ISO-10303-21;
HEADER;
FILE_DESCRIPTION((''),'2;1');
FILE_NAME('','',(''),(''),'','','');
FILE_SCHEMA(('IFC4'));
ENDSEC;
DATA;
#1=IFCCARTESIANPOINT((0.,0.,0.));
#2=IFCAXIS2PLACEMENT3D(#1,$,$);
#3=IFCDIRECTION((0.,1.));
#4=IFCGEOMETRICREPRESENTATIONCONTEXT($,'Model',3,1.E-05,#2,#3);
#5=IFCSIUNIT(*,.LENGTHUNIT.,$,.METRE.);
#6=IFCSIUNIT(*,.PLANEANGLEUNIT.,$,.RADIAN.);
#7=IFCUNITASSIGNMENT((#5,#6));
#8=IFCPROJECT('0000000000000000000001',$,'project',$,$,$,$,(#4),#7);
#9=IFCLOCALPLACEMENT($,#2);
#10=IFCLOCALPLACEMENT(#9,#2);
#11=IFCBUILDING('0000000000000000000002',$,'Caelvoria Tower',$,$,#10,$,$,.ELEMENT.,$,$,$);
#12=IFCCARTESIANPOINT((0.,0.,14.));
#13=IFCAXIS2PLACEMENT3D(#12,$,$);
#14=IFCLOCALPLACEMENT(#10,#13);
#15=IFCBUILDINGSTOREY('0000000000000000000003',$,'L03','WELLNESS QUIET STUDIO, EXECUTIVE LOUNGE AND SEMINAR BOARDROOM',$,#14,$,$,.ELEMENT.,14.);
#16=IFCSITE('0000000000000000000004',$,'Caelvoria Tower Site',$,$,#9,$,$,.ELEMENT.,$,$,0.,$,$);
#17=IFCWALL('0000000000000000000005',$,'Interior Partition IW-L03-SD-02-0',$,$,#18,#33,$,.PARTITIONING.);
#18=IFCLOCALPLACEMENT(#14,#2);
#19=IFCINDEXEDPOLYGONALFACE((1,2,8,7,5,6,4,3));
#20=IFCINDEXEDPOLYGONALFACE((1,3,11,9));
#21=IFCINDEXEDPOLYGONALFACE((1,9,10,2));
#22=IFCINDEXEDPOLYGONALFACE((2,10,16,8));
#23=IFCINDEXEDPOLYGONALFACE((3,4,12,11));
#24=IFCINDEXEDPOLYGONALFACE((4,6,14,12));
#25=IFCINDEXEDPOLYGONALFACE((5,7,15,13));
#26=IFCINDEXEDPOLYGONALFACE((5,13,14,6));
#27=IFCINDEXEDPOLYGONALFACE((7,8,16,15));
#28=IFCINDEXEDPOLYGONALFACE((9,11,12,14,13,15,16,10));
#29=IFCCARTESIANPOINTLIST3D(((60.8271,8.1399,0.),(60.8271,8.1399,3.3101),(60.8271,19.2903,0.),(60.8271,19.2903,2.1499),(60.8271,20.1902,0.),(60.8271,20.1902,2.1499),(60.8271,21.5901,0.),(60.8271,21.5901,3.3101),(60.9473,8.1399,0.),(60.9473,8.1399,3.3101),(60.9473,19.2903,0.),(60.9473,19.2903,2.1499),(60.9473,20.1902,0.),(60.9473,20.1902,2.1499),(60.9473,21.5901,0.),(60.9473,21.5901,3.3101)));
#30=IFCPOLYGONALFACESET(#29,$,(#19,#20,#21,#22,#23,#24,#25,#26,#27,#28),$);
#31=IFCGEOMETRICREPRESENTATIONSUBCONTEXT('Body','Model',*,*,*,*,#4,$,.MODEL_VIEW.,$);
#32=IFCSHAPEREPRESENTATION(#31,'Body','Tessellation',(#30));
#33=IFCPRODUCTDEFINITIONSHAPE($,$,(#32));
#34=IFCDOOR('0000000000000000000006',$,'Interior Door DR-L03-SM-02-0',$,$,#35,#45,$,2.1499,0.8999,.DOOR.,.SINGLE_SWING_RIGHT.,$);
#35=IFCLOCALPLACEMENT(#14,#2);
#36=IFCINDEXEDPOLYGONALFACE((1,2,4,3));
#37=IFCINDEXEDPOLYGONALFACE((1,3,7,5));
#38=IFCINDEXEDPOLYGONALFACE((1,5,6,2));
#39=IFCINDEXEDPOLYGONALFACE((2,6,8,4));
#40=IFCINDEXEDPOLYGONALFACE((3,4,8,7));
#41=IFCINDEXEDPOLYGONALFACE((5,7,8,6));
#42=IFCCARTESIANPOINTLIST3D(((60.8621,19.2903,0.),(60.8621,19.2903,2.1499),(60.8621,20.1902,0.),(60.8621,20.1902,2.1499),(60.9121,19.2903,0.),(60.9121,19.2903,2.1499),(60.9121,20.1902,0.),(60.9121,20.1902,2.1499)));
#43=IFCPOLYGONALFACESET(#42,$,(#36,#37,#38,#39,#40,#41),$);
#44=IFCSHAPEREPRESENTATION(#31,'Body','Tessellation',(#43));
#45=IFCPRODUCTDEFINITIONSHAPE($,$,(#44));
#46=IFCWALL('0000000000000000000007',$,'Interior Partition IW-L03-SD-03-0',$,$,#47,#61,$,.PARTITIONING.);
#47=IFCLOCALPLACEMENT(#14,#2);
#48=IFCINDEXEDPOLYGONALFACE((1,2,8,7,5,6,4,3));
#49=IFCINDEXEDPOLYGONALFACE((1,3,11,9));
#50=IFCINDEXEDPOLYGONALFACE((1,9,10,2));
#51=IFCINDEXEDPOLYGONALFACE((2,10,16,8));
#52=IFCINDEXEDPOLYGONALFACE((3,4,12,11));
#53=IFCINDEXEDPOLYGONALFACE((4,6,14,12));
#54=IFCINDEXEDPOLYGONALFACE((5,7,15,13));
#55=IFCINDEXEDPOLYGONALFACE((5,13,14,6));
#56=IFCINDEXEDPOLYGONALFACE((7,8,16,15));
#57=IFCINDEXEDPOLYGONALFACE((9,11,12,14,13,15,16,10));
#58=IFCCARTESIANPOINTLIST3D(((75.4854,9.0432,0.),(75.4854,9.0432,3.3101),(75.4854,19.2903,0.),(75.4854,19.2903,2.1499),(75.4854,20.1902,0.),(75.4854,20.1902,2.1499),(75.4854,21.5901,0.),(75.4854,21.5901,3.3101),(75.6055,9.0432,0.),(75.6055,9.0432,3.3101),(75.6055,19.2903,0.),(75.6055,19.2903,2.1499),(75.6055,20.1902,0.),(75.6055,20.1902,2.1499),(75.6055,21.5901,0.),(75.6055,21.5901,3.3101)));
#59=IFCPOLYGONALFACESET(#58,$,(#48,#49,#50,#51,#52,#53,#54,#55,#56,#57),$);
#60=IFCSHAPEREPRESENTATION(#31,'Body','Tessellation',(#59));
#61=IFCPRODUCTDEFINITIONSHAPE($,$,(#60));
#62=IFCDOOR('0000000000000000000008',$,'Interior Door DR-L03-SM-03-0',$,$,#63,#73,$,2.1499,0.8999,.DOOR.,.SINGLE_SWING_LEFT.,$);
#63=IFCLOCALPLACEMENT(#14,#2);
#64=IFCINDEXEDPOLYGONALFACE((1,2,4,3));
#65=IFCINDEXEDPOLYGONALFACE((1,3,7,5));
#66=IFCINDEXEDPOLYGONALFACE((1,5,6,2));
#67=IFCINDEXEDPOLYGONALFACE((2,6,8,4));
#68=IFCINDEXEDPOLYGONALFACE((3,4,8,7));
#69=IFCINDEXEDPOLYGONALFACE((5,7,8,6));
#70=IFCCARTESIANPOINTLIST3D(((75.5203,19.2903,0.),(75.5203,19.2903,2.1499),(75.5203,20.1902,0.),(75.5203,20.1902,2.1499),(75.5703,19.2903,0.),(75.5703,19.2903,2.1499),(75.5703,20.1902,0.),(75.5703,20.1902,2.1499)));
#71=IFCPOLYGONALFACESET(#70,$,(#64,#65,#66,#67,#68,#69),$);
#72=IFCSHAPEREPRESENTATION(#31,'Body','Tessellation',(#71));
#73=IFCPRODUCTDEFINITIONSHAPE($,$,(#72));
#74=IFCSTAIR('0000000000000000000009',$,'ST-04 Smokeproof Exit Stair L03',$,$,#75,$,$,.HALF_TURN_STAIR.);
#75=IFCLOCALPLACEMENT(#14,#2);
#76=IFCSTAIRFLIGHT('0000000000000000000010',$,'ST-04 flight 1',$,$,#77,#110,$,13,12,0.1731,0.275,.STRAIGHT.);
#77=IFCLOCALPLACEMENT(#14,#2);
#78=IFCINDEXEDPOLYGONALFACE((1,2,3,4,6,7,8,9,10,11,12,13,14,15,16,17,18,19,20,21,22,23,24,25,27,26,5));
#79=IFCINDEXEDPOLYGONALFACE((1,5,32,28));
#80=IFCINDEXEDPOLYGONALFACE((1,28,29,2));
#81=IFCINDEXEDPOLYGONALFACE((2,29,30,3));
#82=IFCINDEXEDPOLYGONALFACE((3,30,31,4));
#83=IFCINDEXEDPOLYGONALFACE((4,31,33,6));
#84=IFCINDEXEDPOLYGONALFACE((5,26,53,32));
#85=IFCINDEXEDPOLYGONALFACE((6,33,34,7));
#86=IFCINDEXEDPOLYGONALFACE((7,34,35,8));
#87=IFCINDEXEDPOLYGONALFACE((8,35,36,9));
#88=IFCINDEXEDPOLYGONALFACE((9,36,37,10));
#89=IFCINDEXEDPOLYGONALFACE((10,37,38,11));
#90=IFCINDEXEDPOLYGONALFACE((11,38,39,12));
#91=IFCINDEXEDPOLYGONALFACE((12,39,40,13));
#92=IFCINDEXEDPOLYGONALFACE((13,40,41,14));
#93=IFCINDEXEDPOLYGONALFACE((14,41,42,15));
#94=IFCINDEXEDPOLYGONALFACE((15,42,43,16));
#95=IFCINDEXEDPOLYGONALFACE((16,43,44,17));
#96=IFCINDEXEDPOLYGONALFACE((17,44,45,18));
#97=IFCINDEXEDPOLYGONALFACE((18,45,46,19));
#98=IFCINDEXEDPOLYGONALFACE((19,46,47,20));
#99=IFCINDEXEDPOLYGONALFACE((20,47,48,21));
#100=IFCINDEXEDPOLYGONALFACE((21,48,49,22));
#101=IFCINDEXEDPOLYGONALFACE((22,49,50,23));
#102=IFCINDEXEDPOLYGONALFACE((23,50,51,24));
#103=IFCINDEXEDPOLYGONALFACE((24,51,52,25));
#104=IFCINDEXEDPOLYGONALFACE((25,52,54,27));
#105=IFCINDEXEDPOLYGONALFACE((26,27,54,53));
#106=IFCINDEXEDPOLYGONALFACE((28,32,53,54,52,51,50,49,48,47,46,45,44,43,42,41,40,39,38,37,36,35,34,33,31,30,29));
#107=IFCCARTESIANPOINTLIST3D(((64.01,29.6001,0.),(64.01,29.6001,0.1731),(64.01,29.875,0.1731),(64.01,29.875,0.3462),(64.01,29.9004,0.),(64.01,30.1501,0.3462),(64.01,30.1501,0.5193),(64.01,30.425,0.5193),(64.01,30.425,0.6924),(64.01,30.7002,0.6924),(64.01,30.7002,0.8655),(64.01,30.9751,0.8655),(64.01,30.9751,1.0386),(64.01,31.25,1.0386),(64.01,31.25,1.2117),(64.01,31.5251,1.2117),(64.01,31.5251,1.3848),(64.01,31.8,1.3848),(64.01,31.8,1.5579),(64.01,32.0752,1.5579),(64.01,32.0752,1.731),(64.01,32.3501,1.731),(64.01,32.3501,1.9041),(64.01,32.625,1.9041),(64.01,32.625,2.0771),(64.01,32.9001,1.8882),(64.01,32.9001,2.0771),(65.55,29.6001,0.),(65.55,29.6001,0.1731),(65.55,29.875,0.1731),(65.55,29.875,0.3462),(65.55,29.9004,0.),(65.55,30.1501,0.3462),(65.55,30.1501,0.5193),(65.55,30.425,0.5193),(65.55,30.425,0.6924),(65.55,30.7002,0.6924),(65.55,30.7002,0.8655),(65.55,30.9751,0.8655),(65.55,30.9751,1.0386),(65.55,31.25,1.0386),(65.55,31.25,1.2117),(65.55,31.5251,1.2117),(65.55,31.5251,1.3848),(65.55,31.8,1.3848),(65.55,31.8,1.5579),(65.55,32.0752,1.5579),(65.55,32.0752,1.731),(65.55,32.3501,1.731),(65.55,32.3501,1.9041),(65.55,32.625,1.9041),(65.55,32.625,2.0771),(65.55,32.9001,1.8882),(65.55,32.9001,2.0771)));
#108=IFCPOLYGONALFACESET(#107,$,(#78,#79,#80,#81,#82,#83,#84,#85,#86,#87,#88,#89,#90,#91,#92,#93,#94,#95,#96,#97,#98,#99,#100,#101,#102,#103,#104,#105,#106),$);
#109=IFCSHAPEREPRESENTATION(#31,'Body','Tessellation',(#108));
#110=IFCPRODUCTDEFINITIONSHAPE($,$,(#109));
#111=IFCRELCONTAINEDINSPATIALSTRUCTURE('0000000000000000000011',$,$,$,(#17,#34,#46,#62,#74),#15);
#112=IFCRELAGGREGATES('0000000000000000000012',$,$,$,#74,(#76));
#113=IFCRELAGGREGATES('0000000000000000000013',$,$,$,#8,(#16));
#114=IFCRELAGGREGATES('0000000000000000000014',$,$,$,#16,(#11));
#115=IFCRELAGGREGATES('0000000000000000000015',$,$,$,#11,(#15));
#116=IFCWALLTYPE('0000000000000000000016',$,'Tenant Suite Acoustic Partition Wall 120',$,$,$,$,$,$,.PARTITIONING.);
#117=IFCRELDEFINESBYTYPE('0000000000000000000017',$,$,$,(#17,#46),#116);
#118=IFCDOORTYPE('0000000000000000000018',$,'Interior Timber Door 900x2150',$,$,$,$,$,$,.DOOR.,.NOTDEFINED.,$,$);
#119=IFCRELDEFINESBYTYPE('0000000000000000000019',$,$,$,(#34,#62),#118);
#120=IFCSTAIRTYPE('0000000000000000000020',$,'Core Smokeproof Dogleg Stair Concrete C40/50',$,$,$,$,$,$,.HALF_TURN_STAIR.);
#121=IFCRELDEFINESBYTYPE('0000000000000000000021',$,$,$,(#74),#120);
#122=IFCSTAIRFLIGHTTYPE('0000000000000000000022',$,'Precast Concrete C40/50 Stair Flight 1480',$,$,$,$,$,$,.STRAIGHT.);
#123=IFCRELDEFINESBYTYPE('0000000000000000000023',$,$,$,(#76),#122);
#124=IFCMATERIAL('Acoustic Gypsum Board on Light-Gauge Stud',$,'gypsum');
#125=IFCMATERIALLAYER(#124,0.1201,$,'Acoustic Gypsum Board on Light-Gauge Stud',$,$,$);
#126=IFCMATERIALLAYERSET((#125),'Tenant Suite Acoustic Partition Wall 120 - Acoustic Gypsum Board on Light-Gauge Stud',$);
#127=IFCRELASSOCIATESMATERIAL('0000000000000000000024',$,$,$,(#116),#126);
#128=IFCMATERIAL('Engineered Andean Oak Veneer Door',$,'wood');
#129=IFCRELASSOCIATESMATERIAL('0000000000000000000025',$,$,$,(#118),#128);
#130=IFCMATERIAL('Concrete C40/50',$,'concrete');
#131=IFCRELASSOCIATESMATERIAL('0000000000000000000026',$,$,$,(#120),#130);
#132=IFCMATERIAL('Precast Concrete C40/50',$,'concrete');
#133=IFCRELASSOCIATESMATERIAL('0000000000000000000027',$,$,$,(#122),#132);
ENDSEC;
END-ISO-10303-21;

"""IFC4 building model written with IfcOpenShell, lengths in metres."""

from ifc_helpers import new_model, si_unit, direction, frame, frame_2d, origin, place, context, subcontext, project, spatial, polyline, rectangle, outline, extrude, material, layer, layer_set, type_object, element, fill, aggregate, save


model = new_model("IFC4")

# Units and contexts
model_context = context("Model", 3, precision=1e-05, world=origin(), true_north=direction((0.0, 1.0)))
body_context = subcontext(model_context, "Body", "Model", "MODEL_VIEW")
ifc_project = project(units=[si_unit("LENGTHUNIT", "METRE"), si_unit("PLANEANGLEUNIT", "RADIAN")], contexts=[model_context])

# Site, building, storey
site_placement = place(None, origin())
site = spatial("IfcSite", under=ifc_project, at=site_placement, Name="Caelvoria Tower Site", CompositionType="ELEMENT", RefElevation=0.0)
building_placement = place(site_placement, origin())
building = spatial("IfcBuilding", under=site, at=building_placement, Name="Caelvoria Tower", CompositionType="ELEMENT")
storey_placement = place(building_placement, frame((0.0, 0.0, 14.0)))
storey = spatial("IfcBuildingStorey", under=building, at=storey_placement, Name="L03", Description="WELLNESS QUIET STUDIO, EXECUTIVE LOUNGE AND SEMINAR BOARDROOM", CompositionType="ELEMENT", Elevation=14.0)

# Walls, openings, doors
ifc_material_1 = material(Name="Acoustic Gypsum Board on Light-Gauge Stud", Category="gypsum")
ifc_layer_1 = layer(ifc_material_1, 0.1201, Name="Acoustic Gypsum Board on Light-Gauge Stud")
ifc_layer_set_1 = layer_set([ifc_layer_1], Name="Tenant Suite Acoustic Partition Wall 120 - Acoustic Gypsum Board on Light-Gauge Stud")
wall_type_1 = type_object("IfcWallType", Name="Tenant Suite Acoustic Partition Wall 120", PredefinedType="PARTITIONING", material=ifc_layer_set_1)
wall_1_placement = place(storey_placement, frame((60.8872, 21.5901, 0.0), z_axis=(0.0, 0.0, 1.0), x_axis=(0.0, -1.0, 0.0)))
wall_1 = element("IfcWall", 1, at=wall_1_placement, inside=storey, type_object=wall_type_1, Name="Interior Partition IW-L03-SD-02-0", PredefinedType="PARTITIONING", context=body_context, shape_type="SweptSolid", body=[
    extrude(rectangle(XDim=13.4502, YDim=0.1201, at=frame_2d((6.7251, 0.0))), origin(), (0.0, 0.0, 1.0), 3.3101),
])
opening_1_placement = place(wall_1_placement, frame((1.3999, 0.0, 0.0)))
opening_1 = element("IfcOpeningElement", 2, at=opening_1_placement, cuts=wall_1, PredefinedType="OPENING", context=body_context, shape_type="SweptSolid", body=[
    extrude(rectangle(XDim=0.8999, YDim=2.1499, at=frame_2d((0.45, 1.075))), frame((0.0, 0.0701, 0.0), z_axis=(0.0, -1.0, 0.0), x_axis=(1.0, 0.0, 0.0)), (0.0, 0.0, 1.0), 0.1401),
])
ifc_material_2 = material(Name="Engineered Andean Oak Veneer Door", Category="wood")
door_type_1 = type_object("IfcDoorType", Name="Interior Timber Door 900x2150", OperationType="NOTDEFINED", PredefinedType="DOOR", material=ifc_material_2)
door_1_placement = place(opening_1_placement, origin())
door_1 = element("IfcDoor", 3, at=door_1_placement, inside=storey, type_object=door_type_1, Name="Interior Door DR-L03-SM-02-0", OperationType="SINGLE_SWING_RIGHT", OverallHeight=2.1499, OverallWidth=0.8999, PredefinedType="DOOR", context=body_context, shape_type="SweptSolid", body=[
    extrude(rectangle(XDim=0.8999, YDim=2.1499, at=frame_2d((0.45, 1.075))), frame((0.0, 0.0249, 0.0), z_axis=(0.0, -1.0, 0.0), x_axis=(1.0, 0.0, 0.0)), (0.0, 0.0, 1.0), 0.05),
])
fill(opening_1, door_1)
wall_2_placement = place(storey_placement, frame((75.5454, 21.5901, 0.0), z_axis=(0.0, 0.0, 1.0), x_axis=(0.0, -1.0, 0.0)))
wall_2 = element("IfcWall", 4, at=wall_2_placement, inside=storey, type_object=wall_type_1, Name="Interior Partition IW-L03-SD-03-0", PredefinedType="PARTITIONING", context=body_context, shape_type="SweptSolid", body=[
    extrude(rectangle(XDim=12.5469, YDim=0.1201, at=frame_2d((6.2734, 0.0))), origin(), (0.0, 0.0, 1.0), 3.3101),
])
opening_2_placement = place(wall_2_placement, frame((1.3999, 0.0, 0.0)))
opening_2 = element("IfcOpeningElement", 5, at=opening_2_placement, cuts=wall_2, PredefinedType="OPENING", context=body_context, shape_type="SweptSolid", body=[
    extrude(rectangle(XDim=0.8999, YDim=2.1499, at=frame_2d((0.45, 1.075))), frame((0.0, 0.0701, 0.0), z_axis=(0.0, -1.0, 0.0), x_axis=(1.0, 0.0, 0.0)), (0.0, 0.0, 1.0), 0.1401),
])
door_2_placement = place(opening_2_placement, origin())
door_2 = element("IfcDoor", 6, at=door_2_placement, inside=storey, type_object=door_type_1, Name="Interior Door DR-L03-SM-03-0", OperationType="SINGLE_SWING_LEFT", OverallHeight=2.1499, OverallWidth=0.8999, PredefinedType="DOOR", context=body_context, shape_type="SweptSolid", body=[
    extrude(rectangle(XDim=0.8999, YDim=2.1499, at=frame_2d((0.45, 1.075))), frame((0.0, 0.0249, 0.0), z_axis=(0.0, -1.0, 0.0), x_axis=(1.0, 0.0, 0.0)), (0.0, 0.0, 1.0), 0.05),
])
fill(opening_2, door_2)

# Stair, stair flight
ifc_material_3 = material(Name="Concrete C40/50", Category="concrete")
stair_type = type_object("IfcStairType", Name="Core Smokeproof Dogleg Stair Concrete C40/50", PredefinedType="HALF_TURN_STAIR", material=ifc_material_3)
stair_placement = place(storey_placement, origin())
stair = element("IfcStair", 7, at=stair_placement, inside=storey, type_object=stair_type, Name="ST-04 Smokeproof Exit Stair L03", PredefinedType="HALF_TURN_STAIR")
ifc_material_4 = material(Name="Precast Concrete C40/50", Category="concrete")
stair_flight_type = type_object("IfcStairFlightType", Name="Precast Concrete C40/50 Stair Flight 1480", PredefinedType="STRAIGHT", material=ifc_material_4)
stair_flight_placement = place(storey_placement, frame((64.78, 29.6001, 0.0), z_axis=(0.0, 0.0, 1.0), x_axis=(0.0, 1.0, 0.0)))
stair_flight = element("IfcStairFlight", 8, at=stair_flight_placement, type_object=stair_flight_type, Name="ST-04 flight 1", NumberOfRisers=13, NumberOfTreads=12, PredefinedType="STRAIGHT", RiserHeight=0.1731, TreadLength=0.275, context=body_context, shape_type="SweptSolid", body=[
    extrude(outline(polyline([(0.0, 0.0), (0.0, 0.1731), (0.2749, 0.1731), (0.2749, 0.3462), (0.55, 0.3462), (0.55, 0.5193), (0.825, 0.5193), (0.825, 0.6924), (1.1001, 0.6924), (1.1001, 0.8655), (1.375, 0.8655), (1.375, 1.0386), (1.6499, 1.0386), (1.6499, 1.2117), (1.925, 1.2117), (1.925, 1.3848), (2.2, 1.3848), (2.2, 1.5579), (2.4751, 1.5579), (2.4751, 1.731), (2.75, 1.731), (2.75, 1.9041), (3.0249, 1.9041), (3.0249, 2.0771), (3.3, 2.0771), (3.3, 2.2502), (3.3, 1.8882), (0.3003, 0.0), (0.0, 0.0)])), frame((0.0, 0.77, 0.0), z_axis=(0.0, -1.0, 0.0), x_axis=(1.0, 0.0, 0.0)), (0.0, 0.0, 1.0), 1.54),
])
aggregate(stair, [stair_flight])

save(model, "model.ifc")
